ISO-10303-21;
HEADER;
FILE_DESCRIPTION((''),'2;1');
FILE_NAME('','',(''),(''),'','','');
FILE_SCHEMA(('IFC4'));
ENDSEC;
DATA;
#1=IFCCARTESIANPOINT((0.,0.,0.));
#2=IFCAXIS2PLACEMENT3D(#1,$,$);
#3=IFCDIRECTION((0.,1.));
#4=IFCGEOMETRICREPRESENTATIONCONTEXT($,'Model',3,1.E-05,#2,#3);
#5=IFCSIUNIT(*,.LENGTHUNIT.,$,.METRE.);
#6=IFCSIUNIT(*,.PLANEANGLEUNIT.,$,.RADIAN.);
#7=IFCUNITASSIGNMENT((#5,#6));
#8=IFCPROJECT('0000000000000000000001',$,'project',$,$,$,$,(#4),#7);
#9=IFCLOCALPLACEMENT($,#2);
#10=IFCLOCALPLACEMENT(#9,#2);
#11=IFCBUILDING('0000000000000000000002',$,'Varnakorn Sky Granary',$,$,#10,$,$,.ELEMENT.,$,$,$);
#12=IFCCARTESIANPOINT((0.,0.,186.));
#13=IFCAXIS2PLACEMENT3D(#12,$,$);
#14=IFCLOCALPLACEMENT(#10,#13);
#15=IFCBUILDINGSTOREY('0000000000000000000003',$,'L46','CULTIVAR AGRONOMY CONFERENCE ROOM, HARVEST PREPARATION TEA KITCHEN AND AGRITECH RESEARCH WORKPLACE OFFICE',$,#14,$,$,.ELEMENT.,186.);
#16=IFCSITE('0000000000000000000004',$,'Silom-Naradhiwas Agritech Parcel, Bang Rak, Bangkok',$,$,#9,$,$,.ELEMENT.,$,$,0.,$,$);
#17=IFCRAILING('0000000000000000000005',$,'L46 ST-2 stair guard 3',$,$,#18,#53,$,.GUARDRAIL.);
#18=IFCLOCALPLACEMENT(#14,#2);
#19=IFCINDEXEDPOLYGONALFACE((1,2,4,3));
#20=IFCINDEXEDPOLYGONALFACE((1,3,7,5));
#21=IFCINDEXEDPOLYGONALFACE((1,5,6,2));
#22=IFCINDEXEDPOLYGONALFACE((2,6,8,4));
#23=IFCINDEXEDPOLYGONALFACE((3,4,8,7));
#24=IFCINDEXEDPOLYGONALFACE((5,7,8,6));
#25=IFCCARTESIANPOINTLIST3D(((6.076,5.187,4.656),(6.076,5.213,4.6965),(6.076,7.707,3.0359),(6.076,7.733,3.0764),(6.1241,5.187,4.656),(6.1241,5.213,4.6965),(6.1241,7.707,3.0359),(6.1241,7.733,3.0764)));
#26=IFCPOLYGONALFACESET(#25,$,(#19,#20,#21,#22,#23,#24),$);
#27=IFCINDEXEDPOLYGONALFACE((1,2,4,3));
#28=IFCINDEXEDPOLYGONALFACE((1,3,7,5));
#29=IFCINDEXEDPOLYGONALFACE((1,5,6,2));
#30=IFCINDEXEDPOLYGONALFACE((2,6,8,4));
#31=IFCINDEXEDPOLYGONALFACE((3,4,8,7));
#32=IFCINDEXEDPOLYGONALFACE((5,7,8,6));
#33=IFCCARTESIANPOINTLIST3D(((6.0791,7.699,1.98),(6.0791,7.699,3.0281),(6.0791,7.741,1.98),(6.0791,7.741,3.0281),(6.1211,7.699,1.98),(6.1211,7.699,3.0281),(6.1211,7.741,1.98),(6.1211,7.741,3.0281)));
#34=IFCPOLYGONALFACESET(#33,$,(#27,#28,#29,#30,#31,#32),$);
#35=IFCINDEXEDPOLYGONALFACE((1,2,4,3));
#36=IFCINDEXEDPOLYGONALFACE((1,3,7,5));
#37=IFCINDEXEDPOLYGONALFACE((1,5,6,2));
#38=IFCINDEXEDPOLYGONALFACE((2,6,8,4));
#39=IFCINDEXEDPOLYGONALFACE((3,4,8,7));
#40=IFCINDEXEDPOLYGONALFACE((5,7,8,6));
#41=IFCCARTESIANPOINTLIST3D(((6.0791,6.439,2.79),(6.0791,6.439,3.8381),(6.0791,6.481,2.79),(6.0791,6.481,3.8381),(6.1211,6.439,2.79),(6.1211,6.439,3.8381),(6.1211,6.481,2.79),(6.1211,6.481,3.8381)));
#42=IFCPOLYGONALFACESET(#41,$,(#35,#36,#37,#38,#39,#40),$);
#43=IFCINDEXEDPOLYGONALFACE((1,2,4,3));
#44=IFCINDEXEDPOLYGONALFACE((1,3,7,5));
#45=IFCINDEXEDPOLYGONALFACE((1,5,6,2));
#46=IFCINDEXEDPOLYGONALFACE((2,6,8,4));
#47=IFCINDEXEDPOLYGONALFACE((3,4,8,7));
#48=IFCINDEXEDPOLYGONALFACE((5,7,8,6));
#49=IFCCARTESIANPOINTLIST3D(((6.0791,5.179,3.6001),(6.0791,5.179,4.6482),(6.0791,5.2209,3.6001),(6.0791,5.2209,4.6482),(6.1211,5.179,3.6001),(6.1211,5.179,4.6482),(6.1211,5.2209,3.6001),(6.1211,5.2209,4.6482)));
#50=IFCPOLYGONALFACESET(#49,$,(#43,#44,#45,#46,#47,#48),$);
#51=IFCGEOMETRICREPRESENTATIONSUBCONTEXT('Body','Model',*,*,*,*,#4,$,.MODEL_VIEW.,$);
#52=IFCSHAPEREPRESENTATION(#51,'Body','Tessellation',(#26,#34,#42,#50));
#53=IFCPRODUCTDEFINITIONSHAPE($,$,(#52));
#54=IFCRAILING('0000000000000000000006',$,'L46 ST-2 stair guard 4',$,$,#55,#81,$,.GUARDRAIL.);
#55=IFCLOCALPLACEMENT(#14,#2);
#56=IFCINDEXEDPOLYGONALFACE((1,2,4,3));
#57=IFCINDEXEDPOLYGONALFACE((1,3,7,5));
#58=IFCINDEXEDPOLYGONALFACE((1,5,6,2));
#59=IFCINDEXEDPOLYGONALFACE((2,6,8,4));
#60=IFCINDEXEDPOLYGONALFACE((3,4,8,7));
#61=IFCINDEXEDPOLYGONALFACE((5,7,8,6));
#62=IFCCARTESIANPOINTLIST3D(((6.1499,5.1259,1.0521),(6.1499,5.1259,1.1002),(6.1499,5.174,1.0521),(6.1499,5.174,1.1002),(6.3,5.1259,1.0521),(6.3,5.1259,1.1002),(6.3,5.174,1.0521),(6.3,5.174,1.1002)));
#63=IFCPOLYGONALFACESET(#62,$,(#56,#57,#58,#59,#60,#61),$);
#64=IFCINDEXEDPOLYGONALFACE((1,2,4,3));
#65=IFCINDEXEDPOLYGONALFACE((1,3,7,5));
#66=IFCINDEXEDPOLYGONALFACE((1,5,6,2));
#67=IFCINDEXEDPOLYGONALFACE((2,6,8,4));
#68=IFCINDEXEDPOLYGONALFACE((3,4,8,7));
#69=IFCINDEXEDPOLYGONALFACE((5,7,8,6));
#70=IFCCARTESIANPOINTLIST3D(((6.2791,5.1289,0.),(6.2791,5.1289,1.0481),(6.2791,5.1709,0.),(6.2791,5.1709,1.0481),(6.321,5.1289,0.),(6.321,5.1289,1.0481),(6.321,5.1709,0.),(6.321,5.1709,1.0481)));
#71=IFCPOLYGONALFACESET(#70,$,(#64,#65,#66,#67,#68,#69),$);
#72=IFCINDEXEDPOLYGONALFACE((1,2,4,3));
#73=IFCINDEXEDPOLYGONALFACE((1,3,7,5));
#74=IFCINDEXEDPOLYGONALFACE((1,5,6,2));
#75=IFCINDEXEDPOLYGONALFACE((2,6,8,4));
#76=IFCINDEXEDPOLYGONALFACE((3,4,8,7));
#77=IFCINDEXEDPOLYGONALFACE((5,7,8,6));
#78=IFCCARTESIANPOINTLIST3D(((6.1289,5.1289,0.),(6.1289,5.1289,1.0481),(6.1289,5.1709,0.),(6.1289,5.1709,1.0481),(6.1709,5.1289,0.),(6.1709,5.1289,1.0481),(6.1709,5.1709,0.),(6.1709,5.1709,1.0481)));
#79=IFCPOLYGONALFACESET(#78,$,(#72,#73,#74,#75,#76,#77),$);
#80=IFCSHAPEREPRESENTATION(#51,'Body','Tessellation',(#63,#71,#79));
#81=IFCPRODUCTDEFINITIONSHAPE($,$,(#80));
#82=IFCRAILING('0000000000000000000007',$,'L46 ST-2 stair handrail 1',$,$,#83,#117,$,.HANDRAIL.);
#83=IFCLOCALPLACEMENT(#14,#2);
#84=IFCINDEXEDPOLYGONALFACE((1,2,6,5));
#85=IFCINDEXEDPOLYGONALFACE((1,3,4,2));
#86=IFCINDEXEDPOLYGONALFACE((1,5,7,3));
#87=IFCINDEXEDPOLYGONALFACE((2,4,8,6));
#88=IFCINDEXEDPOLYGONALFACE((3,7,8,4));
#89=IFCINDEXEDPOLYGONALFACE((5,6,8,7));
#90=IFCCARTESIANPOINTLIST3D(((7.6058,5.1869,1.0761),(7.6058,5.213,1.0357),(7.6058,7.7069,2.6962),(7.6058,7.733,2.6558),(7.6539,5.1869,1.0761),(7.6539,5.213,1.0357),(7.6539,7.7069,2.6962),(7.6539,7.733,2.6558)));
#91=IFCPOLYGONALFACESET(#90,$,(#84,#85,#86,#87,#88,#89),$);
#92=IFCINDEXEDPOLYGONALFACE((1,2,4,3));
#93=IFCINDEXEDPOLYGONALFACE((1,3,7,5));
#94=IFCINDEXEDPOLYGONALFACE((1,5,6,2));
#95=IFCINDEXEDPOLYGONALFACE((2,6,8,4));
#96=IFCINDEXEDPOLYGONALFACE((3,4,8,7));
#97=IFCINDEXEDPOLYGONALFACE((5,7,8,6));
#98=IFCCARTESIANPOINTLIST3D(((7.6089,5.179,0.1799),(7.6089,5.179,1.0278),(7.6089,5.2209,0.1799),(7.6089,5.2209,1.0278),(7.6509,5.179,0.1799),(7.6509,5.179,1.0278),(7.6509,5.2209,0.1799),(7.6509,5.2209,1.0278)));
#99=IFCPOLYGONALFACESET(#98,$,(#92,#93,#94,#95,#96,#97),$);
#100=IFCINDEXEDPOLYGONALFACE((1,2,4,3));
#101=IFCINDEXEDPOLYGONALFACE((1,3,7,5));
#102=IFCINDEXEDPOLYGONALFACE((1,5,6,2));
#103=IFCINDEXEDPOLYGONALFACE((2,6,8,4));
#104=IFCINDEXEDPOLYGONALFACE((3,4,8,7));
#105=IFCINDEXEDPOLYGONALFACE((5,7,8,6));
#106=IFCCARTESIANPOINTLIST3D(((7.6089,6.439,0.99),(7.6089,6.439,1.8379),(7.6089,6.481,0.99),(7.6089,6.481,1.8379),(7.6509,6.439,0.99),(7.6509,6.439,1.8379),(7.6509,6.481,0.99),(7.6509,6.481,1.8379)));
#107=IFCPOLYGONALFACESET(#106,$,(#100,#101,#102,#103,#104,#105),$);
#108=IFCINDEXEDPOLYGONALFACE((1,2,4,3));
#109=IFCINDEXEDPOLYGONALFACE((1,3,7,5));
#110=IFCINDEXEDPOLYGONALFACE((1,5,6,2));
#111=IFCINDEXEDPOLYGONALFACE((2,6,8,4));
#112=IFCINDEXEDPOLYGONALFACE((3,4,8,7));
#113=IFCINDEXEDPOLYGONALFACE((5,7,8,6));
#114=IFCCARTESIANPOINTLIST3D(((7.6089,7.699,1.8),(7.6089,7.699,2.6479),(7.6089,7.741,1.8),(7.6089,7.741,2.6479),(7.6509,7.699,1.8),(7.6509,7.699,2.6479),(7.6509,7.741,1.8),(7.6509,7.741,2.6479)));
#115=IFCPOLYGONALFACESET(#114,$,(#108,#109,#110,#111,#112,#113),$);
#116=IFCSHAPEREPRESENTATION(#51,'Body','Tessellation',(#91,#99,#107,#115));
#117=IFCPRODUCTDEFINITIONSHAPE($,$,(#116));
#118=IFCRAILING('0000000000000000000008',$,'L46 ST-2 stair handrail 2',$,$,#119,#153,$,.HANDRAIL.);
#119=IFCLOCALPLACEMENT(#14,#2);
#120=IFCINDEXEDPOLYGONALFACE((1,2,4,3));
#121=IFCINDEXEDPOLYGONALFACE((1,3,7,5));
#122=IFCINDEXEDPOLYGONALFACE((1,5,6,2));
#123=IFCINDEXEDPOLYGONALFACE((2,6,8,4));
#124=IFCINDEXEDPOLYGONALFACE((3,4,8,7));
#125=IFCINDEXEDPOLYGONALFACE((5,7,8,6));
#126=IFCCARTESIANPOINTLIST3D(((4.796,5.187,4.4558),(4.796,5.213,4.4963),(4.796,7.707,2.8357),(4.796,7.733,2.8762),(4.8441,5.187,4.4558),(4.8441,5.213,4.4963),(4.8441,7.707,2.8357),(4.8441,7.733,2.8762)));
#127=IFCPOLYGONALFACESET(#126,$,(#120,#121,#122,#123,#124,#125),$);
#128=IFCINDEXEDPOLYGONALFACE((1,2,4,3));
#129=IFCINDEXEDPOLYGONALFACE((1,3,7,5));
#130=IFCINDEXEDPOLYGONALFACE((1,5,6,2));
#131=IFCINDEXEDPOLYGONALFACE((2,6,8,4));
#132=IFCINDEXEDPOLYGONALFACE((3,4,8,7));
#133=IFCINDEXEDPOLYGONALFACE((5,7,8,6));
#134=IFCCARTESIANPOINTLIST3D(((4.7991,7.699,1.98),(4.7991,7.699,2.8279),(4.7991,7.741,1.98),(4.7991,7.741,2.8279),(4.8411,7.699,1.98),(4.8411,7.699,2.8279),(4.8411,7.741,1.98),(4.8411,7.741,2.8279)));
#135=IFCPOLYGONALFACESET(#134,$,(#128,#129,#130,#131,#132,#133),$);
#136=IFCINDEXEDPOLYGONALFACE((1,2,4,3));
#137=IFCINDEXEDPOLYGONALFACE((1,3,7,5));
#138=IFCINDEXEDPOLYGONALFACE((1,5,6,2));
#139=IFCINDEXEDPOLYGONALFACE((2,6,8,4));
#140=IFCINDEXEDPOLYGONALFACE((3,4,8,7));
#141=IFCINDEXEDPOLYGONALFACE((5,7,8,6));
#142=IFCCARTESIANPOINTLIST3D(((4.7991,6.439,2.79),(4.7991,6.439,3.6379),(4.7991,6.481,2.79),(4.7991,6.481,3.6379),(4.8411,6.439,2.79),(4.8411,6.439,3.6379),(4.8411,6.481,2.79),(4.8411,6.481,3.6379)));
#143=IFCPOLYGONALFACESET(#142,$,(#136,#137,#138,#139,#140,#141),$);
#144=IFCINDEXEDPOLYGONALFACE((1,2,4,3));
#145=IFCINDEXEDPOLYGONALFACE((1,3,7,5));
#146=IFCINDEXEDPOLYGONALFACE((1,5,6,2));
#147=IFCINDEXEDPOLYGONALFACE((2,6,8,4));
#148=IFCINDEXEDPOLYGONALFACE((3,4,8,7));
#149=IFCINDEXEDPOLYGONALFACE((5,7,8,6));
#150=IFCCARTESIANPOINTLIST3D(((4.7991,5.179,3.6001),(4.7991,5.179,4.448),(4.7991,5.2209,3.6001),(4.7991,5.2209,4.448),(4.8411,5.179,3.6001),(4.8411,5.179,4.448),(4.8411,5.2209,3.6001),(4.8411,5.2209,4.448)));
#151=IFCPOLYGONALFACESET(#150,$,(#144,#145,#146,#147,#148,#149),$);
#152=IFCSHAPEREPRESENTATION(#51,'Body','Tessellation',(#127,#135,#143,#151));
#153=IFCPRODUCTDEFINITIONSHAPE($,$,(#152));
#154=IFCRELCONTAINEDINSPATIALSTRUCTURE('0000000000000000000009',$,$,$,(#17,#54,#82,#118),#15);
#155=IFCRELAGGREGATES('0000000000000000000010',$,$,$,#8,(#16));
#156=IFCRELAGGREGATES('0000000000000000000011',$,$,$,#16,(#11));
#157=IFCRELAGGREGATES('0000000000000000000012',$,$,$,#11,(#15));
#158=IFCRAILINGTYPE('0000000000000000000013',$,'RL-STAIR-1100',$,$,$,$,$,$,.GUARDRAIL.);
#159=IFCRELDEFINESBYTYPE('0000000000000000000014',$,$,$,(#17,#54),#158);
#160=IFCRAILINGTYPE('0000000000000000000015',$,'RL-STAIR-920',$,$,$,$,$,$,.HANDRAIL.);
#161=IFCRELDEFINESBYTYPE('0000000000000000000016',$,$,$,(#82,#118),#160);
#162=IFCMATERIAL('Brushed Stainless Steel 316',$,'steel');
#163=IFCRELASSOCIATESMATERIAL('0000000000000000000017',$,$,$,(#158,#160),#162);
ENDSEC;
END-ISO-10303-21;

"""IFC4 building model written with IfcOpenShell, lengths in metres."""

from ifc_helpers import new_model, si_unit, direction, frame, origin, origin_2d, place, context, subcontext, project, spatial, rectangle, extrude, material, type_object, element, save


model = new_model("IFC4")

# Units and contexts
model_context = context("Model", 3, precision=1e-05, world=origin(), true_north=direction((0.0, 1.0)))
body_context = subcontext(model_context, "Body", "Model", "MODEL_VIEW")
ifc_project = project(units=[si_unit("LENGTHUNIT", "METRE"), si_unit("PLANEANGLEUNIT", "RADIAN")], contexts=[model_context])

# Site, building, storey
site_placement = place(None, origin())
site = spatial("IfcSite", under=ifc_project, at=site_placement, Name="Silom-Naradhiwas Agritech Parcel, Bang Rak, Bangkok", CompositionType="ELEMENT", RefElevation=0.0)
building_placement = place(site_placement, origin())
building = spatial("IfcBuilding", under=site, at=building_placement, Name="Varnakorn Sky Granary", CompositionType="ELEMENT")
storey_placement = place(building_placement, frame((0.0, 0.0, 186.0)))
storey = spatial("IfcBuildingStorey", under=building, at=storey_placement, Name="L46", Description="CULTIVAR AGRONOMY CONFERENCE ROOM, HARVEST PREPARATION TEA KITCHEN AND AGRITECH RESEARCH WORKPLACE OFFICE", CompositionType="ELEMENT", Elevation=186.0)

# Railings
ifc_material_1 = material(Name="Brushed Stainless Steel 316", Category="steel")
railing_type_1 = type_object("IfcRailingType", Name="RL-STAIR-1100", PredefinedType="GUARDRAIL", material=ifc_material_1)
railing_1_placement = place(storey_placement, frame((6.1001, 7.72, 1.98)))
element("IfcRailing", 1, at=railing_1_placement, inside=storey, type_object=railing_type_1, Name="L46 ST-2 stair guard 3", PredefinedType="GUARDRAIL", context=body_context, shape_type="SweptSolid", body=[
    extrude(rectangle(XDim=0.0481, YDim=0.0481, at=origin_2d()), frame((0.0, 0.0, 1.0762), z_axis=(0.0, -0.841163, 0.540782), x_axis=(1.0, 0.0, 0.0)), (0.0, 0.0, 1.0), 2.9958),
    extrude(rectangle(XDim=0.042, YDim=0.042, at=origin_2d()), origin(), (0.0, 0.0, 1.0), 1.0481),
    extrude(rectangle(XDim=0.042, YDim=0.042, at=origin_2d()), frame((0.0, -1.26, 0.8101)), (0.0, 0.0, 1.0), 1.0481),
    extrude(rectangle(XDim=0.042, YDim=0.042, at=origin_2d()), frame((0.0, -2.52, 1.6201)), (0.0, 0.0, 1.0), 1.0481),
])
railing_2_placement = place(storey_placement, frame((6.3, 5.1499, 0.0)))
element("IfcRailing", 2, at=railing_2_placement, inside=storey, type_object=railing_type_1, Name="L46 ST-2 stair guard 4", PredefinedType="GUARDRAIL", context=body_context, shape_type="SweptSolid", body=[
    extrude(rectangle(XDim=0.0481, YDim=0.0481, at=origin_2d()), frame((0.0, 0.0, 1.0762), z_axis=(-1.0, 0.0, 0.0), x_axis=(0.0, -1.0, 0.0)), (0.0, 0.0, 1.0), 0.1501),
    extrude(rectangle(XDim=0.042, YDim=0.042, at=origin_2d()), origin(), (0.0, 0.0, 1.0), 1.0481),
    extrude(rectangle(XDim=0.042, YDim=0.042, at=origin_2d()), frame((-0.1501, 0.0, 0.0)), (0.0, 0.0, 1.0), 1.0481),
])
railing_type_2 = type_object("IfcRailingType", Name="RL-STAIR-920", PredefinedType="HANDRAIL", material=ifc_material_1)
railing_3_placement = place(storey_placement, frame((7.6299, 5.2, 0.1799)))
element("IfcRailing", 3, at=railing_3_placement, inside=storey, type_object=railing_type_2, Name="L46 ST-2 stair handrail 1", PredefinedType="HANDRAIL", context=body_context, shape_type="SweptSolid", body=[
    extrude(rectangle(XDim=0.0481, YDim=0.0481, at=origin_2d()), frame((0.0, 0.0, 0.876), z_axis=(0.0, 0.841163, 0.540782), x_axis=(-1.0, 0.0, 0.0)), (0.0, 0.0, 1.0), 2.9958),
    extrude(rectangle(XDim=0.042, YDim=0.042, at=origin_2d()), origin(), (0.0, 0.0, 1.0), 0.8479),
    extrude(rectangle(XDim=0.042, YDim=0.042, at=origin_2d()), frame((0.0, 1.26, 0.8101)), (0.0, 0.0, 1.0), 0.8479),
    extrude(rectangle(XDim=0.042, YDim=0.042, at=origin_2d()), frame((0.0, 2.52, 1.6201)), (0.0, 0.0, 1.0), 0.8479),
])
railing_4_placement = place(storey_placement, frame((4.8201, 7.72, 1.98)))
element("IfcRailing", 4, at=railing_4_placement, inside=storey, type_object=railing_type_2, Name="L46 ST-2 stair handrail 2", PredefinedType="HANDRAIL", context=body_context, shape_type="SweptSolid", body=[
    extrude(rectangle(XDim=0.0481, YDim=0.0481, at=origin_2d()), frame((0.0, 0.0, 0.876), z_axis=(0.0, -0.841163, 0.540782), x_axis=(1.0, 0.0, 0.0)), (0.0, 0.0, 1.0), 2.9958),
    extrude(rectangle(XDim=0.042, YDim=0.042, at=origin_2d()), origin(), (0.0, 0.0, 1.0), 0.8479),
    extrude(rectangle(XDim=0.042, YDim=0.042, at=origin_2d()), frame((0.0, -1.26, 0.8101)), (0.0, 0.0, 1.0), 0.8479),
    extrude(rectangle(XDim=0.042, YDim=0.042, at=origin_2d()), frame((0.0, -2.52, 1.6201)), (0.0, 0.0, 1.0), 0.8479),
])

save(model, "model.ifc")
